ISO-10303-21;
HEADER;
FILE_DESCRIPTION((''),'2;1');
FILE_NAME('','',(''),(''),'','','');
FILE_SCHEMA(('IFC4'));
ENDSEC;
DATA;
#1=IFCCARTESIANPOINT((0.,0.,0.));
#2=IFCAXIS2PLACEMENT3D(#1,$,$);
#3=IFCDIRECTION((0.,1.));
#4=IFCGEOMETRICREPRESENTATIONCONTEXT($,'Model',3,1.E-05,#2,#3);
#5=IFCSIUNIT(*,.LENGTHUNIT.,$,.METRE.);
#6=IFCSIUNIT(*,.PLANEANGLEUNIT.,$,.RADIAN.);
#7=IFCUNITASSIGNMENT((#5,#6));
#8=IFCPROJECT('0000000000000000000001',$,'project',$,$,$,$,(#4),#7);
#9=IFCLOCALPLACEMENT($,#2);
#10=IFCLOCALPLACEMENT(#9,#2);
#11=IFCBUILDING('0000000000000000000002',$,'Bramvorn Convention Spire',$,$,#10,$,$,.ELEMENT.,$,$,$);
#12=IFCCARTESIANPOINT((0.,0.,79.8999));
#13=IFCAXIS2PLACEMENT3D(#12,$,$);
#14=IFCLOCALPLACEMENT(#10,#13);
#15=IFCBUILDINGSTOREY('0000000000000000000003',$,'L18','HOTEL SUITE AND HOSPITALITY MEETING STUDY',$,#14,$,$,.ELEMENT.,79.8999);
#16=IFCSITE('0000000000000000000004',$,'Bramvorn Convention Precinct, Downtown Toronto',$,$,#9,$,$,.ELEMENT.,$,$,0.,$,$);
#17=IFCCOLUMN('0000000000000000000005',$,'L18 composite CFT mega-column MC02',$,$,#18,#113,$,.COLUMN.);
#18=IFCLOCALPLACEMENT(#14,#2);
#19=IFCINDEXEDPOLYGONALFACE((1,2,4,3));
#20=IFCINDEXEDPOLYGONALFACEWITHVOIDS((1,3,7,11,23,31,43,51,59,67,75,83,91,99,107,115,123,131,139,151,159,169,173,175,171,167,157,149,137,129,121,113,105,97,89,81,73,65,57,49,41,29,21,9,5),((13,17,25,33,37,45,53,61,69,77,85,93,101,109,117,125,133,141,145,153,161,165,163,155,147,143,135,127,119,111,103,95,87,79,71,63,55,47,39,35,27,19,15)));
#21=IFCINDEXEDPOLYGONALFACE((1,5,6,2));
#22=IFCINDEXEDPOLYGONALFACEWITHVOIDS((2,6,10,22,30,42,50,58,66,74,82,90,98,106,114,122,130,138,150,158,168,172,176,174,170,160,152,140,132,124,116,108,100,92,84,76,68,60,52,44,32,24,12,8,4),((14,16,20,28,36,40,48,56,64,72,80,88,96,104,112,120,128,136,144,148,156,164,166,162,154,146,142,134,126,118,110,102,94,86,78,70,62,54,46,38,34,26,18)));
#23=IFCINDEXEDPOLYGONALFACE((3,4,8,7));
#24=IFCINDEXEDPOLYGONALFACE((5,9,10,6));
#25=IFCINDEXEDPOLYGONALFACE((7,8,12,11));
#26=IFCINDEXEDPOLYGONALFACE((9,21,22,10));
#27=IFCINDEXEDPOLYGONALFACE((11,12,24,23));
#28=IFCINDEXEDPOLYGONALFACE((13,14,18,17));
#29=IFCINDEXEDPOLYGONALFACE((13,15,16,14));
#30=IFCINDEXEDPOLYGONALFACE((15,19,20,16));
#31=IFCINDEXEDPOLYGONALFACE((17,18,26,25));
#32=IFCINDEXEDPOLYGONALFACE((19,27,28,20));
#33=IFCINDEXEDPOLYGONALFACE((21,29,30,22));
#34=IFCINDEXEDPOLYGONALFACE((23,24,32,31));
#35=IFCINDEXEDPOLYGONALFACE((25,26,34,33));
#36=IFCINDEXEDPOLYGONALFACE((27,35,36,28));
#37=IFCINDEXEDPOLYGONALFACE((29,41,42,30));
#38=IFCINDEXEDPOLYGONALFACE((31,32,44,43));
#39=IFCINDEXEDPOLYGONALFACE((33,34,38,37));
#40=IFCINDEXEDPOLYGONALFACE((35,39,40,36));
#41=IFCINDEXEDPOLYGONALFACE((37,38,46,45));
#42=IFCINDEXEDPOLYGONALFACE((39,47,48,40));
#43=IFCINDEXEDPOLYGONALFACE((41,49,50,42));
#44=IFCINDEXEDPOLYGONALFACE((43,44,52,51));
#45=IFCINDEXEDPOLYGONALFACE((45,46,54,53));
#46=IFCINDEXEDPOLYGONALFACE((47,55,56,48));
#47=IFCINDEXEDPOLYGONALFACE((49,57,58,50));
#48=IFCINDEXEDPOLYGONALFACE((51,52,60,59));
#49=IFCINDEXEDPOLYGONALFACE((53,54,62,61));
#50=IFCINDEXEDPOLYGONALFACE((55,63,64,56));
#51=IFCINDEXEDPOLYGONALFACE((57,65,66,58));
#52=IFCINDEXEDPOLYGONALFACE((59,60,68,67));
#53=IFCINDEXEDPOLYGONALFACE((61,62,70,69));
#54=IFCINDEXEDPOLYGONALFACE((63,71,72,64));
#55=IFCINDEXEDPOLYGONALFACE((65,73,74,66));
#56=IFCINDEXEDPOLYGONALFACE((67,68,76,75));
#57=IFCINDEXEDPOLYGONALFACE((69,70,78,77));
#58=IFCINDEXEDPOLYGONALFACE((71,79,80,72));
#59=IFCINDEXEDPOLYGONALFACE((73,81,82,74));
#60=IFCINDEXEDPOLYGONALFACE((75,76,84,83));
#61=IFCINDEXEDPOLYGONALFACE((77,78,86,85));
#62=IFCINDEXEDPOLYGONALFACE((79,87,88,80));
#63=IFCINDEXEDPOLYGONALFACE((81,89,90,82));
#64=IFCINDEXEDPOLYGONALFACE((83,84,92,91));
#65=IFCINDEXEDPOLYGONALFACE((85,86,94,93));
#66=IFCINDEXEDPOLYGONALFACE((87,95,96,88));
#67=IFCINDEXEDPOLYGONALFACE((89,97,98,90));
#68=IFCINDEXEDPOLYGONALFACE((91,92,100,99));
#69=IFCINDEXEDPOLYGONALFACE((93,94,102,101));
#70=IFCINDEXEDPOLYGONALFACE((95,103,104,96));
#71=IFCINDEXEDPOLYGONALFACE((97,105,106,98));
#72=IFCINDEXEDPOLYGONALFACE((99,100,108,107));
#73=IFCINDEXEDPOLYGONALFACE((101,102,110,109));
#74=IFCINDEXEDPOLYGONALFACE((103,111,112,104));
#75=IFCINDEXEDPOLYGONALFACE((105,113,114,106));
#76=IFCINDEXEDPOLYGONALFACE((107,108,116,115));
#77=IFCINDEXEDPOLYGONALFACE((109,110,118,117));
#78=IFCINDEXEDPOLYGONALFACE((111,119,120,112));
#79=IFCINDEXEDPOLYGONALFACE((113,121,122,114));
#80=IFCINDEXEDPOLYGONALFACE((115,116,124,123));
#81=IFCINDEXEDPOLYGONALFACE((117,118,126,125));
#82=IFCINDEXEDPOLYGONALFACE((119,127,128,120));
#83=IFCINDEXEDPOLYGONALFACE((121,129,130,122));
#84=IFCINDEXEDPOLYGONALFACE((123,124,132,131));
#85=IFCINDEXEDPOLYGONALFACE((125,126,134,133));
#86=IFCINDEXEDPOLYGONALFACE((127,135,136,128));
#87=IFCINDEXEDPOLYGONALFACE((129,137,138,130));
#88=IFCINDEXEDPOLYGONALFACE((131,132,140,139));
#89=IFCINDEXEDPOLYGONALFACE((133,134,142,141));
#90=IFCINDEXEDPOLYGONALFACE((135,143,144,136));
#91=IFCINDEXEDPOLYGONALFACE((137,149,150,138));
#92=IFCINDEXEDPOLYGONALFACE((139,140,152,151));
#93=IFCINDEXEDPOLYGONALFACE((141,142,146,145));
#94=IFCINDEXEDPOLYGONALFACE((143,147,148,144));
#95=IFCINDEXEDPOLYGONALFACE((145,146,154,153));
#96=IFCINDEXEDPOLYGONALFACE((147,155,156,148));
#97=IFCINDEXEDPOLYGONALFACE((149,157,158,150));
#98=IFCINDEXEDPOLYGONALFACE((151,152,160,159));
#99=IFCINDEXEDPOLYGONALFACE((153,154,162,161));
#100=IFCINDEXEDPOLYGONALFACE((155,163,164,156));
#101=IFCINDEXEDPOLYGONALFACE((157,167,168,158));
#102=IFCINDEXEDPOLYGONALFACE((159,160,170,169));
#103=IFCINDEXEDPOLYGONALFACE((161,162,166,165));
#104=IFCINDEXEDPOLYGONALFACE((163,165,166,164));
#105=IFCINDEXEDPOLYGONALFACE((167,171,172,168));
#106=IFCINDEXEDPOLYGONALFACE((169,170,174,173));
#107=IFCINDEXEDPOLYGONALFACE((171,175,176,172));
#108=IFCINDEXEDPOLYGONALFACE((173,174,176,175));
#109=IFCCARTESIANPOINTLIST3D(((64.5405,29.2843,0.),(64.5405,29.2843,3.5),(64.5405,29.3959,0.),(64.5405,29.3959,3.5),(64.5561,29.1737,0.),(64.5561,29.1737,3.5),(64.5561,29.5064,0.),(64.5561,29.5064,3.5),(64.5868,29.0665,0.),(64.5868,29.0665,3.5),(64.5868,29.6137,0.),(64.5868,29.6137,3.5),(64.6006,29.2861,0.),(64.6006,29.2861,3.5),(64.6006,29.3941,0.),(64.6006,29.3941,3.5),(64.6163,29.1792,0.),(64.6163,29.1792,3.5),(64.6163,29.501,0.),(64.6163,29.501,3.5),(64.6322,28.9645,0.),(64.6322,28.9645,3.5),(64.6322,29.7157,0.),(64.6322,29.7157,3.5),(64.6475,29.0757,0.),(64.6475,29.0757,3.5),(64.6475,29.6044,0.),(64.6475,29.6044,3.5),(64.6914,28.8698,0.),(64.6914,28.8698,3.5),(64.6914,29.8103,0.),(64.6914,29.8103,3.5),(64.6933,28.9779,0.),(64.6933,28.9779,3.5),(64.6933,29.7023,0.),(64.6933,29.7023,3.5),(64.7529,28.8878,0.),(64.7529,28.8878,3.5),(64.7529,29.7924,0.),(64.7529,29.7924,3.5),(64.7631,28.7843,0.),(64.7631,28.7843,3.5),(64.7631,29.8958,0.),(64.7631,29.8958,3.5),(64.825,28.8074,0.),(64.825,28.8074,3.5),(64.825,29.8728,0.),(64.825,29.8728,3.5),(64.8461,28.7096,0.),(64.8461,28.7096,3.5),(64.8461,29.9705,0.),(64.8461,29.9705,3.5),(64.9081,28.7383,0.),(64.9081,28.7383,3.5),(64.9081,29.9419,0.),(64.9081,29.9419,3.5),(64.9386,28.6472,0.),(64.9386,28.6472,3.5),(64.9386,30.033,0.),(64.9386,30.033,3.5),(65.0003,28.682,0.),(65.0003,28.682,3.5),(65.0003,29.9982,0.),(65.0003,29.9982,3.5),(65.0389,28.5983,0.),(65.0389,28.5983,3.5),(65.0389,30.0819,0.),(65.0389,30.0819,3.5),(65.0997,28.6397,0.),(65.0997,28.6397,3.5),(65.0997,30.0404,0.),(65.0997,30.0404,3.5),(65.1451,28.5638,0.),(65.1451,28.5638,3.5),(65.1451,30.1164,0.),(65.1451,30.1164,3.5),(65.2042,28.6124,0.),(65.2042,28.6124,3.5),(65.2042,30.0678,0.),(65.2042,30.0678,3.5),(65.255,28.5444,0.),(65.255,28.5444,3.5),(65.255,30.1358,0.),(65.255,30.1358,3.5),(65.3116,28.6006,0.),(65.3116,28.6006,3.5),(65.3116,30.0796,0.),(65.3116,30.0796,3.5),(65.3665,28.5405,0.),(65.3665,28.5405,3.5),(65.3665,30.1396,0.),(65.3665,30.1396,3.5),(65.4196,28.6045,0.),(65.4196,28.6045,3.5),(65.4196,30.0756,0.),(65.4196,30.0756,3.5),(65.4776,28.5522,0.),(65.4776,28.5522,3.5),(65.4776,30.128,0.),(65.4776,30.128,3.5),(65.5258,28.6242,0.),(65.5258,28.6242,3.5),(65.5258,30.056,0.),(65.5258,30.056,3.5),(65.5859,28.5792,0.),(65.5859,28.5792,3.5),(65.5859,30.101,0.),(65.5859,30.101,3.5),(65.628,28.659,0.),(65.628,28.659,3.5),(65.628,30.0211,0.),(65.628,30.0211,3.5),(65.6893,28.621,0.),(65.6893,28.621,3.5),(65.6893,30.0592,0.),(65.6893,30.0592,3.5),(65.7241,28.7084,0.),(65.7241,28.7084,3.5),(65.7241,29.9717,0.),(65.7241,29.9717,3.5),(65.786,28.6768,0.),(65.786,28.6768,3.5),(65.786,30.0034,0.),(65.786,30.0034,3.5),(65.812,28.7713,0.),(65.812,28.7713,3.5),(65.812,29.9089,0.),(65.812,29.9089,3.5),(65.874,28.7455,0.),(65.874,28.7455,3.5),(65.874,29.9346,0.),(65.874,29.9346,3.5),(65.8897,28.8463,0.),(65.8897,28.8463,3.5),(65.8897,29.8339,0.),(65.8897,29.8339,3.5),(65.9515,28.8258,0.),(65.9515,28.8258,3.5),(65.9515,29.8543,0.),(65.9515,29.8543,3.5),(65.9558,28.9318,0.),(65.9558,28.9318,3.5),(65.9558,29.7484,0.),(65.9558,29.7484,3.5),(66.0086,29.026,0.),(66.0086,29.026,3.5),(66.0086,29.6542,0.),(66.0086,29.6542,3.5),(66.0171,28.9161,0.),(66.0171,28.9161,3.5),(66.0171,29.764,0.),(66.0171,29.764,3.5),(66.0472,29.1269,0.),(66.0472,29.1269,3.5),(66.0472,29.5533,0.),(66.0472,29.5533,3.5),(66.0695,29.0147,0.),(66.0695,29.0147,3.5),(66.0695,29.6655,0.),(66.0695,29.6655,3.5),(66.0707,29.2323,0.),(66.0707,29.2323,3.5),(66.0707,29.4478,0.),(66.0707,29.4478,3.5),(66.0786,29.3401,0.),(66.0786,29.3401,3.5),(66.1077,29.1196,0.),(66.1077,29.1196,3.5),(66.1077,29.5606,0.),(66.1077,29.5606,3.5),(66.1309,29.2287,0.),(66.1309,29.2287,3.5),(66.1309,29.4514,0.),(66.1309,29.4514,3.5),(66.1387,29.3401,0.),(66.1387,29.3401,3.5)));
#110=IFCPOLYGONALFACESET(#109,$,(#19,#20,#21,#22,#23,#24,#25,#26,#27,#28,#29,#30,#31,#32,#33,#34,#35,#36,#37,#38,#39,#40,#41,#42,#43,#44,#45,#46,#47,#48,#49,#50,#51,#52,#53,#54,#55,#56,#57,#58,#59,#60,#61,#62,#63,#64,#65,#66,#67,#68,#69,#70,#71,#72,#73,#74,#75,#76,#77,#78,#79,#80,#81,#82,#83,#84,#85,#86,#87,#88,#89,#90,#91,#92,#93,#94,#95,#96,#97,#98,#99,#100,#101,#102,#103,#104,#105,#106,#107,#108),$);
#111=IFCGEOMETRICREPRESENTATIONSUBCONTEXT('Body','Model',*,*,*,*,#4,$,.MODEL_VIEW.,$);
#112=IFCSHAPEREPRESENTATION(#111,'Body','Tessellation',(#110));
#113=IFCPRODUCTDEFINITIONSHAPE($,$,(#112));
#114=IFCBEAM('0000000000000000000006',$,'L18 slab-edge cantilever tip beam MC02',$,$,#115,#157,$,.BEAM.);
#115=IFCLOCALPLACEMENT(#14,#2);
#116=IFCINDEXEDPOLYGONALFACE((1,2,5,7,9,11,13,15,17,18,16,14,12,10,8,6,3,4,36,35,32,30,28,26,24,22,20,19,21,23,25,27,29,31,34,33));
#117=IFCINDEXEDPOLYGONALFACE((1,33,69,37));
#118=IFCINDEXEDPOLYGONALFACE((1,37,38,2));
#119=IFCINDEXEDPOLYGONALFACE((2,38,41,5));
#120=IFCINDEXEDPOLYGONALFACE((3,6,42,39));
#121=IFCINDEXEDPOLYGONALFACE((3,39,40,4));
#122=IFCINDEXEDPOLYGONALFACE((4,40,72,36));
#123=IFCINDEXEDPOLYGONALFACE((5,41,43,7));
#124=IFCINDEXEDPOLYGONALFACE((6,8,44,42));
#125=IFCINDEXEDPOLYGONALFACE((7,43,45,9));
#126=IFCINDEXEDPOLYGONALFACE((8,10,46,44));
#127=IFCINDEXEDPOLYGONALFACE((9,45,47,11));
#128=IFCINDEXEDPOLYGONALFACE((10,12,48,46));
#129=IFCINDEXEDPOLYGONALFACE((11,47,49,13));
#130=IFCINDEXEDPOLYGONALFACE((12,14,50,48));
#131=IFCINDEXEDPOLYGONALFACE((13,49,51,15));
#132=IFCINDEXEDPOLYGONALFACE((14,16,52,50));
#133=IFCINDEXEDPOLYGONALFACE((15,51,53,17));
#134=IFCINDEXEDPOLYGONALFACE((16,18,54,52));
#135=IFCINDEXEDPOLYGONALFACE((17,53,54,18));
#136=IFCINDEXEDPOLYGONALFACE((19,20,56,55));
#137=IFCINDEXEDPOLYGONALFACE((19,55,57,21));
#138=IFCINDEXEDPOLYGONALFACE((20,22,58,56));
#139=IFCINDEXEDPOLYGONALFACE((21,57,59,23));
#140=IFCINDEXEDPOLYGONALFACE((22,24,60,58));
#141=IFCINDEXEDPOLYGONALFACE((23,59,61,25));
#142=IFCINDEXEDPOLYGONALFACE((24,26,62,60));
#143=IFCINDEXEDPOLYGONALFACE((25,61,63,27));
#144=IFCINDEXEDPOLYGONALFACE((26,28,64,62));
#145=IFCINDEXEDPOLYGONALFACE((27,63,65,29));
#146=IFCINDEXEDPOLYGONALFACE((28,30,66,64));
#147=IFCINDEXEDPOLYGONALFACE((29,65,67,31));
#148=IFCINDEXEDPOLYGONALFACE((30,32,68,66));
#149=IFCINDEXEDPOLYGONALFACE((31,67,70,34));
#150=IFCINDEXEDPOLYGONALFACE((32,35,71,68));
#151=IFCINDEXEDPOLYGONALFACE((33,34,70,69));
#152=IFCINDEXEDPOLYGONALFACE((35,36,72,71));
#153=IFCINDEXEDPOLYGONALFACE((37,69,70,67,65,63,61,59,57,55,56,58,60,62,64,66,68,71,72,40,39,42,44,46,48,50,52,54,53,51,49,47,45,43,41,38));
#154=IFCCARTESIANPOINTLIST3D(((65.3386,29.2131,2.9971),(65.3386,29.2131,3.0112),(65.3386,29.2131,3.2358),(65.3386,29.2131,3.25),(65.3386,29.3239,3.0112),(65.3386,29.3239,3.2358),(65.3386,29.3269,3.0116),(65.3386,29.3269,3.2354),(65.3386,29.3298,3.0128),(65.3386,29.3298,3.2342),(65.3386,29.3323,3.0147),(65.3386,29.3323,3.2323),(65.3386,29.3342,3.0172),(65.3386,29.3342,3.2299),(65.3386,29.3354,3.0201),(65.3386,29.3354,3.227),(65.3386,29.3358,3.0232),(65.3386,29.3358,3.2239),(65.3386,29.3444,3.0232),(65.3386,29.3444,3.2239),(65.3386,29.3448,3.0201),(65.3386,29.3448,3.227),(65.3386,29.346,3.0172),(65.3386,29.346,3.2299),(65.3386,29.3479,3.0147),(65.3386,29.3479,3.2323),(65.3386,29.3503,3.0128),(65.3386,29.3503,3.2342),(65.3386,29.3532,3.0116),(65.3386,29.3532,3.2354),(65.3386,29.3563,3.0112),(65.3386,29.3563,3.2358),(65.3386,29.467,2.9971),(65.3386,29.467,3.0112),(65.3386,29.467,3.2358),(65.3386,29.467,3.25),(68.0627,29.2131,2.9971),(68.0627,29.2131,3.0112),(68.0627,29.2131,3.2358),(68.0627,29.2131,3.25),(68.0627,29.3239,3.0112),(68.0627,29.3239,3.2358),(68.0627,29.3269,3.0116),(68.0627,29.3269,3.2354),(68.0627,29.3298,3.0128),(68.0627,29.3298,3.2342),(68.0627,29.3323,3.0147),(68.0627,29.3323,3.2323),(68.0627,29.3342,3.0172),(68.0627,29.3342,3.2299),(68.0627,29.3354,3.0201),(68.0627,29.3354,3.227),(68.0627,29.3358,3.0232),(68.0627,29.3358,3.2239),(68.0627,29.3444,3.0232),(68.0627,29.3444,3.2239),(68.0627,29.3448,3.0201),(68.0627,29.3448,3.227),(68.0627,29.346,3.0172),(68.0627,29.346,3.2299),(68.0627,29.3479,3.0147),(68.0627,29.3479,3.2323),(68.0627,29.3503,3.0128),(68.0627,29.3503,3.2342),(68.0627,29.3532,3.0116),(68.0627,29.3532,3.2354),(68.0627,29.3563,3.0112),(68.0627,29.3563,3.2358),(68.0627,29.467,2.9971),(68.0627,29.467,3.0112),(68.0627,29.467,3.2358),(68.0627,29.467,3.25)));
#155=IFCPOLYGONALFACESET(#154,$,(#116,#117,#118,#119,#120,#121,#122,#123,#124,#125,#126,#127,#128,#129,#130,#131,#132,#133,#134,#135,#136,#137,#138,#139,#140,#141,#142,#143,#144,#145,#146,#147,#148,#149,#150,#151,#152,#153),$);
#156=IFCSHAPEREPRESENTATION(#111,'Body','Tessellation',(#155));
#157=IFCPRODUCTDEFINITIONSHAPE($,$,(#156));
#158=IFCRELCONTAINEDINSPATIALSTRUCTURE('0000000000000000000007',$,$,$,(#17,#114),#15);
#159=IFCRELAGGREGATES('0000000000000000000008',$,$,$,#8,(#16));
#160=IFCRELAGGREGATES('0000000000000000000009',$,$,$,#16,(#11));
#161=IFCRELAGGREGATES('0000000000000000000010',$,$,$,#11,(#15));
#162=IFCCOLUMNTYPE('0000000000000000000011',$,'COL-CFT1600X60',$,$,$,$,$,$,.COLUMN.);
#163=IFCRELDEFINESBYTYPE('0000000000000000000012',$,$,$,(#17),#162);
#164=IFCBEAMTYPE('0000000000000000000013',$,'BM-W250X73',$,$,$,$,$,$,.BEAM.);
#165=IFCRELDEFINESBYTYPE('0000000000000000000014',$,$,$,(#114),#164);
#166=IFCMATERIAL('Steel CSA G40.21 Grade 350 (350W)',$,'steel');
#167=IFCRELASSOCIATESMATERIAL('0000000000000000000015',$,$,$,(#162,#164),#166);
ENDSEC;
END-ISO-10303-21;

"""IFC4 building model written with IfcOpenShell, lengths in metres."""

from ifc_helpers import new_model, si_unit, direction, frame, origin, origin_2d, place, context, subcontext, project, spatial, hollow_circle, i_section, extrude, material, material_profile, profile_set, type_object, element, save


model = new_model("IFC4")

# Units and contexts
model_context = context("Model", 3, precision=1e-05, world=origin(), true_north=direction((0.0, 1.0)))
body_context = subcontext(model_context, "Body", "Model", "MODEL_VIEW")
ifc_project = project(units=[si_unit("LENGTHUNIT", "METRE"), si_unit("PLANEANGLEUNIT", "RADIAN")], contexts=[model_context])

# Site, building, storey
site_placement = place(None, origin())
site = spatial("IfcSite", under=ifc_project, at=site_placement, Name="Bramvorn Convention Precinct, Downtown Toronto", CompositionType="ELEMENT", RefElevation=0.0)
building_placement = place(site_placement, origin())
building = spatial("IfcBuilding", under=site, at=building_placement, Name="Bramvorn Convention Spire", CompositionType="ELEMENT")
storey_placement = place(building_placement, frame((0.0, 0.0, 79.8999)))
storey = spatial("IfcBuildingStorey", under=building, at=storey_placement, Name="L18", Description="HOTEL SUITE AND HOSPITALITY MEETING STUDY", CompositionType="ELEMENT", Elevation=79.8999)

# Column
ifc_material_1 = material(Name="Steel CSA G40.21 Grade 350 (350W)", Category="steel")
ifc_material_profile_1 = material_profile(ifc_material_1, hollow_circle(Radius=0.8, WallThickness=0.0601, at=origin_2d()))
ifc_profile_set_1 = profile_set([ifc_material_profile_1], Name="Steel CSA G40.21 Grade 350 (350W) - CFT1600X60")
column_type = type_object("IfcColumnType", Name="COL-CFT1600X60", PredefinedType="COLUMN", material=ifc_profile_set_1)
column_placement = place(storey_placement, frame((65.3386, 29.3401, 0.0), z_axis=(0.0, 0.0, 1.0), x_axis=(1.0, 0.0, 0.0)))
element("IfcColumn", 1, at=column_placement, inside=storey, type_object=column_type, Name="L18 composite CFT mega-column MC02", PredefinedType="COLUMN", context=body_context, shape_type="SweptSolid", body=[
    extrude(hollow_circle(Radius=0.8, WallThickness=0.0601, at=origin_2d()), origin(), (0.0, 0.0, 1.0), 3.5),
])

# Beam
ifc_material_profile_2 = material_profile(ifc_material_1, i_section(OverallWidth=0.2539, OverallDepth=0.2529, WebThickness=0.0085, FlangeThickness=0.0142, FilletRadius=0.012, at=origin_2d()))
ifc_profile_set_2 = profile_set([ifc_material_profile_2], Name="Steel CSA G40.21 Grade 350 (350W) - W250X73")
beam_type_1 = type_object("IfcBeamType", Name="BM-W250X73", PredefinedType="BEAM", material=ifc_profile_set_2)
beam_1_placement = place(storey_placement, frame((65.3386, 29.3401, 3.1235), z_axis=(1.0, 0.0, 0.0), x_axis=(0.0, 1.0, 0.0)))
element("IfcBeam", 2, at=beam_1_placement, inside=storey, type_object=beam_type_1, Name="L18 slab-edge cantilever tip beam MC02", PredefinedType="BEAM", context=body_context, shape_type="SweptSolid", body=[
    extrude(i_section(OverallWidth=0.2539, OverallDepth=0.2529, WebThickness=0.0085, FlangeThickness=0.0142, FilletRadius=0.012, at=origin_2d()), origin(), (0.0, 0.0, 1.0), 2.7241),
])

save(model, "model.ifc")
